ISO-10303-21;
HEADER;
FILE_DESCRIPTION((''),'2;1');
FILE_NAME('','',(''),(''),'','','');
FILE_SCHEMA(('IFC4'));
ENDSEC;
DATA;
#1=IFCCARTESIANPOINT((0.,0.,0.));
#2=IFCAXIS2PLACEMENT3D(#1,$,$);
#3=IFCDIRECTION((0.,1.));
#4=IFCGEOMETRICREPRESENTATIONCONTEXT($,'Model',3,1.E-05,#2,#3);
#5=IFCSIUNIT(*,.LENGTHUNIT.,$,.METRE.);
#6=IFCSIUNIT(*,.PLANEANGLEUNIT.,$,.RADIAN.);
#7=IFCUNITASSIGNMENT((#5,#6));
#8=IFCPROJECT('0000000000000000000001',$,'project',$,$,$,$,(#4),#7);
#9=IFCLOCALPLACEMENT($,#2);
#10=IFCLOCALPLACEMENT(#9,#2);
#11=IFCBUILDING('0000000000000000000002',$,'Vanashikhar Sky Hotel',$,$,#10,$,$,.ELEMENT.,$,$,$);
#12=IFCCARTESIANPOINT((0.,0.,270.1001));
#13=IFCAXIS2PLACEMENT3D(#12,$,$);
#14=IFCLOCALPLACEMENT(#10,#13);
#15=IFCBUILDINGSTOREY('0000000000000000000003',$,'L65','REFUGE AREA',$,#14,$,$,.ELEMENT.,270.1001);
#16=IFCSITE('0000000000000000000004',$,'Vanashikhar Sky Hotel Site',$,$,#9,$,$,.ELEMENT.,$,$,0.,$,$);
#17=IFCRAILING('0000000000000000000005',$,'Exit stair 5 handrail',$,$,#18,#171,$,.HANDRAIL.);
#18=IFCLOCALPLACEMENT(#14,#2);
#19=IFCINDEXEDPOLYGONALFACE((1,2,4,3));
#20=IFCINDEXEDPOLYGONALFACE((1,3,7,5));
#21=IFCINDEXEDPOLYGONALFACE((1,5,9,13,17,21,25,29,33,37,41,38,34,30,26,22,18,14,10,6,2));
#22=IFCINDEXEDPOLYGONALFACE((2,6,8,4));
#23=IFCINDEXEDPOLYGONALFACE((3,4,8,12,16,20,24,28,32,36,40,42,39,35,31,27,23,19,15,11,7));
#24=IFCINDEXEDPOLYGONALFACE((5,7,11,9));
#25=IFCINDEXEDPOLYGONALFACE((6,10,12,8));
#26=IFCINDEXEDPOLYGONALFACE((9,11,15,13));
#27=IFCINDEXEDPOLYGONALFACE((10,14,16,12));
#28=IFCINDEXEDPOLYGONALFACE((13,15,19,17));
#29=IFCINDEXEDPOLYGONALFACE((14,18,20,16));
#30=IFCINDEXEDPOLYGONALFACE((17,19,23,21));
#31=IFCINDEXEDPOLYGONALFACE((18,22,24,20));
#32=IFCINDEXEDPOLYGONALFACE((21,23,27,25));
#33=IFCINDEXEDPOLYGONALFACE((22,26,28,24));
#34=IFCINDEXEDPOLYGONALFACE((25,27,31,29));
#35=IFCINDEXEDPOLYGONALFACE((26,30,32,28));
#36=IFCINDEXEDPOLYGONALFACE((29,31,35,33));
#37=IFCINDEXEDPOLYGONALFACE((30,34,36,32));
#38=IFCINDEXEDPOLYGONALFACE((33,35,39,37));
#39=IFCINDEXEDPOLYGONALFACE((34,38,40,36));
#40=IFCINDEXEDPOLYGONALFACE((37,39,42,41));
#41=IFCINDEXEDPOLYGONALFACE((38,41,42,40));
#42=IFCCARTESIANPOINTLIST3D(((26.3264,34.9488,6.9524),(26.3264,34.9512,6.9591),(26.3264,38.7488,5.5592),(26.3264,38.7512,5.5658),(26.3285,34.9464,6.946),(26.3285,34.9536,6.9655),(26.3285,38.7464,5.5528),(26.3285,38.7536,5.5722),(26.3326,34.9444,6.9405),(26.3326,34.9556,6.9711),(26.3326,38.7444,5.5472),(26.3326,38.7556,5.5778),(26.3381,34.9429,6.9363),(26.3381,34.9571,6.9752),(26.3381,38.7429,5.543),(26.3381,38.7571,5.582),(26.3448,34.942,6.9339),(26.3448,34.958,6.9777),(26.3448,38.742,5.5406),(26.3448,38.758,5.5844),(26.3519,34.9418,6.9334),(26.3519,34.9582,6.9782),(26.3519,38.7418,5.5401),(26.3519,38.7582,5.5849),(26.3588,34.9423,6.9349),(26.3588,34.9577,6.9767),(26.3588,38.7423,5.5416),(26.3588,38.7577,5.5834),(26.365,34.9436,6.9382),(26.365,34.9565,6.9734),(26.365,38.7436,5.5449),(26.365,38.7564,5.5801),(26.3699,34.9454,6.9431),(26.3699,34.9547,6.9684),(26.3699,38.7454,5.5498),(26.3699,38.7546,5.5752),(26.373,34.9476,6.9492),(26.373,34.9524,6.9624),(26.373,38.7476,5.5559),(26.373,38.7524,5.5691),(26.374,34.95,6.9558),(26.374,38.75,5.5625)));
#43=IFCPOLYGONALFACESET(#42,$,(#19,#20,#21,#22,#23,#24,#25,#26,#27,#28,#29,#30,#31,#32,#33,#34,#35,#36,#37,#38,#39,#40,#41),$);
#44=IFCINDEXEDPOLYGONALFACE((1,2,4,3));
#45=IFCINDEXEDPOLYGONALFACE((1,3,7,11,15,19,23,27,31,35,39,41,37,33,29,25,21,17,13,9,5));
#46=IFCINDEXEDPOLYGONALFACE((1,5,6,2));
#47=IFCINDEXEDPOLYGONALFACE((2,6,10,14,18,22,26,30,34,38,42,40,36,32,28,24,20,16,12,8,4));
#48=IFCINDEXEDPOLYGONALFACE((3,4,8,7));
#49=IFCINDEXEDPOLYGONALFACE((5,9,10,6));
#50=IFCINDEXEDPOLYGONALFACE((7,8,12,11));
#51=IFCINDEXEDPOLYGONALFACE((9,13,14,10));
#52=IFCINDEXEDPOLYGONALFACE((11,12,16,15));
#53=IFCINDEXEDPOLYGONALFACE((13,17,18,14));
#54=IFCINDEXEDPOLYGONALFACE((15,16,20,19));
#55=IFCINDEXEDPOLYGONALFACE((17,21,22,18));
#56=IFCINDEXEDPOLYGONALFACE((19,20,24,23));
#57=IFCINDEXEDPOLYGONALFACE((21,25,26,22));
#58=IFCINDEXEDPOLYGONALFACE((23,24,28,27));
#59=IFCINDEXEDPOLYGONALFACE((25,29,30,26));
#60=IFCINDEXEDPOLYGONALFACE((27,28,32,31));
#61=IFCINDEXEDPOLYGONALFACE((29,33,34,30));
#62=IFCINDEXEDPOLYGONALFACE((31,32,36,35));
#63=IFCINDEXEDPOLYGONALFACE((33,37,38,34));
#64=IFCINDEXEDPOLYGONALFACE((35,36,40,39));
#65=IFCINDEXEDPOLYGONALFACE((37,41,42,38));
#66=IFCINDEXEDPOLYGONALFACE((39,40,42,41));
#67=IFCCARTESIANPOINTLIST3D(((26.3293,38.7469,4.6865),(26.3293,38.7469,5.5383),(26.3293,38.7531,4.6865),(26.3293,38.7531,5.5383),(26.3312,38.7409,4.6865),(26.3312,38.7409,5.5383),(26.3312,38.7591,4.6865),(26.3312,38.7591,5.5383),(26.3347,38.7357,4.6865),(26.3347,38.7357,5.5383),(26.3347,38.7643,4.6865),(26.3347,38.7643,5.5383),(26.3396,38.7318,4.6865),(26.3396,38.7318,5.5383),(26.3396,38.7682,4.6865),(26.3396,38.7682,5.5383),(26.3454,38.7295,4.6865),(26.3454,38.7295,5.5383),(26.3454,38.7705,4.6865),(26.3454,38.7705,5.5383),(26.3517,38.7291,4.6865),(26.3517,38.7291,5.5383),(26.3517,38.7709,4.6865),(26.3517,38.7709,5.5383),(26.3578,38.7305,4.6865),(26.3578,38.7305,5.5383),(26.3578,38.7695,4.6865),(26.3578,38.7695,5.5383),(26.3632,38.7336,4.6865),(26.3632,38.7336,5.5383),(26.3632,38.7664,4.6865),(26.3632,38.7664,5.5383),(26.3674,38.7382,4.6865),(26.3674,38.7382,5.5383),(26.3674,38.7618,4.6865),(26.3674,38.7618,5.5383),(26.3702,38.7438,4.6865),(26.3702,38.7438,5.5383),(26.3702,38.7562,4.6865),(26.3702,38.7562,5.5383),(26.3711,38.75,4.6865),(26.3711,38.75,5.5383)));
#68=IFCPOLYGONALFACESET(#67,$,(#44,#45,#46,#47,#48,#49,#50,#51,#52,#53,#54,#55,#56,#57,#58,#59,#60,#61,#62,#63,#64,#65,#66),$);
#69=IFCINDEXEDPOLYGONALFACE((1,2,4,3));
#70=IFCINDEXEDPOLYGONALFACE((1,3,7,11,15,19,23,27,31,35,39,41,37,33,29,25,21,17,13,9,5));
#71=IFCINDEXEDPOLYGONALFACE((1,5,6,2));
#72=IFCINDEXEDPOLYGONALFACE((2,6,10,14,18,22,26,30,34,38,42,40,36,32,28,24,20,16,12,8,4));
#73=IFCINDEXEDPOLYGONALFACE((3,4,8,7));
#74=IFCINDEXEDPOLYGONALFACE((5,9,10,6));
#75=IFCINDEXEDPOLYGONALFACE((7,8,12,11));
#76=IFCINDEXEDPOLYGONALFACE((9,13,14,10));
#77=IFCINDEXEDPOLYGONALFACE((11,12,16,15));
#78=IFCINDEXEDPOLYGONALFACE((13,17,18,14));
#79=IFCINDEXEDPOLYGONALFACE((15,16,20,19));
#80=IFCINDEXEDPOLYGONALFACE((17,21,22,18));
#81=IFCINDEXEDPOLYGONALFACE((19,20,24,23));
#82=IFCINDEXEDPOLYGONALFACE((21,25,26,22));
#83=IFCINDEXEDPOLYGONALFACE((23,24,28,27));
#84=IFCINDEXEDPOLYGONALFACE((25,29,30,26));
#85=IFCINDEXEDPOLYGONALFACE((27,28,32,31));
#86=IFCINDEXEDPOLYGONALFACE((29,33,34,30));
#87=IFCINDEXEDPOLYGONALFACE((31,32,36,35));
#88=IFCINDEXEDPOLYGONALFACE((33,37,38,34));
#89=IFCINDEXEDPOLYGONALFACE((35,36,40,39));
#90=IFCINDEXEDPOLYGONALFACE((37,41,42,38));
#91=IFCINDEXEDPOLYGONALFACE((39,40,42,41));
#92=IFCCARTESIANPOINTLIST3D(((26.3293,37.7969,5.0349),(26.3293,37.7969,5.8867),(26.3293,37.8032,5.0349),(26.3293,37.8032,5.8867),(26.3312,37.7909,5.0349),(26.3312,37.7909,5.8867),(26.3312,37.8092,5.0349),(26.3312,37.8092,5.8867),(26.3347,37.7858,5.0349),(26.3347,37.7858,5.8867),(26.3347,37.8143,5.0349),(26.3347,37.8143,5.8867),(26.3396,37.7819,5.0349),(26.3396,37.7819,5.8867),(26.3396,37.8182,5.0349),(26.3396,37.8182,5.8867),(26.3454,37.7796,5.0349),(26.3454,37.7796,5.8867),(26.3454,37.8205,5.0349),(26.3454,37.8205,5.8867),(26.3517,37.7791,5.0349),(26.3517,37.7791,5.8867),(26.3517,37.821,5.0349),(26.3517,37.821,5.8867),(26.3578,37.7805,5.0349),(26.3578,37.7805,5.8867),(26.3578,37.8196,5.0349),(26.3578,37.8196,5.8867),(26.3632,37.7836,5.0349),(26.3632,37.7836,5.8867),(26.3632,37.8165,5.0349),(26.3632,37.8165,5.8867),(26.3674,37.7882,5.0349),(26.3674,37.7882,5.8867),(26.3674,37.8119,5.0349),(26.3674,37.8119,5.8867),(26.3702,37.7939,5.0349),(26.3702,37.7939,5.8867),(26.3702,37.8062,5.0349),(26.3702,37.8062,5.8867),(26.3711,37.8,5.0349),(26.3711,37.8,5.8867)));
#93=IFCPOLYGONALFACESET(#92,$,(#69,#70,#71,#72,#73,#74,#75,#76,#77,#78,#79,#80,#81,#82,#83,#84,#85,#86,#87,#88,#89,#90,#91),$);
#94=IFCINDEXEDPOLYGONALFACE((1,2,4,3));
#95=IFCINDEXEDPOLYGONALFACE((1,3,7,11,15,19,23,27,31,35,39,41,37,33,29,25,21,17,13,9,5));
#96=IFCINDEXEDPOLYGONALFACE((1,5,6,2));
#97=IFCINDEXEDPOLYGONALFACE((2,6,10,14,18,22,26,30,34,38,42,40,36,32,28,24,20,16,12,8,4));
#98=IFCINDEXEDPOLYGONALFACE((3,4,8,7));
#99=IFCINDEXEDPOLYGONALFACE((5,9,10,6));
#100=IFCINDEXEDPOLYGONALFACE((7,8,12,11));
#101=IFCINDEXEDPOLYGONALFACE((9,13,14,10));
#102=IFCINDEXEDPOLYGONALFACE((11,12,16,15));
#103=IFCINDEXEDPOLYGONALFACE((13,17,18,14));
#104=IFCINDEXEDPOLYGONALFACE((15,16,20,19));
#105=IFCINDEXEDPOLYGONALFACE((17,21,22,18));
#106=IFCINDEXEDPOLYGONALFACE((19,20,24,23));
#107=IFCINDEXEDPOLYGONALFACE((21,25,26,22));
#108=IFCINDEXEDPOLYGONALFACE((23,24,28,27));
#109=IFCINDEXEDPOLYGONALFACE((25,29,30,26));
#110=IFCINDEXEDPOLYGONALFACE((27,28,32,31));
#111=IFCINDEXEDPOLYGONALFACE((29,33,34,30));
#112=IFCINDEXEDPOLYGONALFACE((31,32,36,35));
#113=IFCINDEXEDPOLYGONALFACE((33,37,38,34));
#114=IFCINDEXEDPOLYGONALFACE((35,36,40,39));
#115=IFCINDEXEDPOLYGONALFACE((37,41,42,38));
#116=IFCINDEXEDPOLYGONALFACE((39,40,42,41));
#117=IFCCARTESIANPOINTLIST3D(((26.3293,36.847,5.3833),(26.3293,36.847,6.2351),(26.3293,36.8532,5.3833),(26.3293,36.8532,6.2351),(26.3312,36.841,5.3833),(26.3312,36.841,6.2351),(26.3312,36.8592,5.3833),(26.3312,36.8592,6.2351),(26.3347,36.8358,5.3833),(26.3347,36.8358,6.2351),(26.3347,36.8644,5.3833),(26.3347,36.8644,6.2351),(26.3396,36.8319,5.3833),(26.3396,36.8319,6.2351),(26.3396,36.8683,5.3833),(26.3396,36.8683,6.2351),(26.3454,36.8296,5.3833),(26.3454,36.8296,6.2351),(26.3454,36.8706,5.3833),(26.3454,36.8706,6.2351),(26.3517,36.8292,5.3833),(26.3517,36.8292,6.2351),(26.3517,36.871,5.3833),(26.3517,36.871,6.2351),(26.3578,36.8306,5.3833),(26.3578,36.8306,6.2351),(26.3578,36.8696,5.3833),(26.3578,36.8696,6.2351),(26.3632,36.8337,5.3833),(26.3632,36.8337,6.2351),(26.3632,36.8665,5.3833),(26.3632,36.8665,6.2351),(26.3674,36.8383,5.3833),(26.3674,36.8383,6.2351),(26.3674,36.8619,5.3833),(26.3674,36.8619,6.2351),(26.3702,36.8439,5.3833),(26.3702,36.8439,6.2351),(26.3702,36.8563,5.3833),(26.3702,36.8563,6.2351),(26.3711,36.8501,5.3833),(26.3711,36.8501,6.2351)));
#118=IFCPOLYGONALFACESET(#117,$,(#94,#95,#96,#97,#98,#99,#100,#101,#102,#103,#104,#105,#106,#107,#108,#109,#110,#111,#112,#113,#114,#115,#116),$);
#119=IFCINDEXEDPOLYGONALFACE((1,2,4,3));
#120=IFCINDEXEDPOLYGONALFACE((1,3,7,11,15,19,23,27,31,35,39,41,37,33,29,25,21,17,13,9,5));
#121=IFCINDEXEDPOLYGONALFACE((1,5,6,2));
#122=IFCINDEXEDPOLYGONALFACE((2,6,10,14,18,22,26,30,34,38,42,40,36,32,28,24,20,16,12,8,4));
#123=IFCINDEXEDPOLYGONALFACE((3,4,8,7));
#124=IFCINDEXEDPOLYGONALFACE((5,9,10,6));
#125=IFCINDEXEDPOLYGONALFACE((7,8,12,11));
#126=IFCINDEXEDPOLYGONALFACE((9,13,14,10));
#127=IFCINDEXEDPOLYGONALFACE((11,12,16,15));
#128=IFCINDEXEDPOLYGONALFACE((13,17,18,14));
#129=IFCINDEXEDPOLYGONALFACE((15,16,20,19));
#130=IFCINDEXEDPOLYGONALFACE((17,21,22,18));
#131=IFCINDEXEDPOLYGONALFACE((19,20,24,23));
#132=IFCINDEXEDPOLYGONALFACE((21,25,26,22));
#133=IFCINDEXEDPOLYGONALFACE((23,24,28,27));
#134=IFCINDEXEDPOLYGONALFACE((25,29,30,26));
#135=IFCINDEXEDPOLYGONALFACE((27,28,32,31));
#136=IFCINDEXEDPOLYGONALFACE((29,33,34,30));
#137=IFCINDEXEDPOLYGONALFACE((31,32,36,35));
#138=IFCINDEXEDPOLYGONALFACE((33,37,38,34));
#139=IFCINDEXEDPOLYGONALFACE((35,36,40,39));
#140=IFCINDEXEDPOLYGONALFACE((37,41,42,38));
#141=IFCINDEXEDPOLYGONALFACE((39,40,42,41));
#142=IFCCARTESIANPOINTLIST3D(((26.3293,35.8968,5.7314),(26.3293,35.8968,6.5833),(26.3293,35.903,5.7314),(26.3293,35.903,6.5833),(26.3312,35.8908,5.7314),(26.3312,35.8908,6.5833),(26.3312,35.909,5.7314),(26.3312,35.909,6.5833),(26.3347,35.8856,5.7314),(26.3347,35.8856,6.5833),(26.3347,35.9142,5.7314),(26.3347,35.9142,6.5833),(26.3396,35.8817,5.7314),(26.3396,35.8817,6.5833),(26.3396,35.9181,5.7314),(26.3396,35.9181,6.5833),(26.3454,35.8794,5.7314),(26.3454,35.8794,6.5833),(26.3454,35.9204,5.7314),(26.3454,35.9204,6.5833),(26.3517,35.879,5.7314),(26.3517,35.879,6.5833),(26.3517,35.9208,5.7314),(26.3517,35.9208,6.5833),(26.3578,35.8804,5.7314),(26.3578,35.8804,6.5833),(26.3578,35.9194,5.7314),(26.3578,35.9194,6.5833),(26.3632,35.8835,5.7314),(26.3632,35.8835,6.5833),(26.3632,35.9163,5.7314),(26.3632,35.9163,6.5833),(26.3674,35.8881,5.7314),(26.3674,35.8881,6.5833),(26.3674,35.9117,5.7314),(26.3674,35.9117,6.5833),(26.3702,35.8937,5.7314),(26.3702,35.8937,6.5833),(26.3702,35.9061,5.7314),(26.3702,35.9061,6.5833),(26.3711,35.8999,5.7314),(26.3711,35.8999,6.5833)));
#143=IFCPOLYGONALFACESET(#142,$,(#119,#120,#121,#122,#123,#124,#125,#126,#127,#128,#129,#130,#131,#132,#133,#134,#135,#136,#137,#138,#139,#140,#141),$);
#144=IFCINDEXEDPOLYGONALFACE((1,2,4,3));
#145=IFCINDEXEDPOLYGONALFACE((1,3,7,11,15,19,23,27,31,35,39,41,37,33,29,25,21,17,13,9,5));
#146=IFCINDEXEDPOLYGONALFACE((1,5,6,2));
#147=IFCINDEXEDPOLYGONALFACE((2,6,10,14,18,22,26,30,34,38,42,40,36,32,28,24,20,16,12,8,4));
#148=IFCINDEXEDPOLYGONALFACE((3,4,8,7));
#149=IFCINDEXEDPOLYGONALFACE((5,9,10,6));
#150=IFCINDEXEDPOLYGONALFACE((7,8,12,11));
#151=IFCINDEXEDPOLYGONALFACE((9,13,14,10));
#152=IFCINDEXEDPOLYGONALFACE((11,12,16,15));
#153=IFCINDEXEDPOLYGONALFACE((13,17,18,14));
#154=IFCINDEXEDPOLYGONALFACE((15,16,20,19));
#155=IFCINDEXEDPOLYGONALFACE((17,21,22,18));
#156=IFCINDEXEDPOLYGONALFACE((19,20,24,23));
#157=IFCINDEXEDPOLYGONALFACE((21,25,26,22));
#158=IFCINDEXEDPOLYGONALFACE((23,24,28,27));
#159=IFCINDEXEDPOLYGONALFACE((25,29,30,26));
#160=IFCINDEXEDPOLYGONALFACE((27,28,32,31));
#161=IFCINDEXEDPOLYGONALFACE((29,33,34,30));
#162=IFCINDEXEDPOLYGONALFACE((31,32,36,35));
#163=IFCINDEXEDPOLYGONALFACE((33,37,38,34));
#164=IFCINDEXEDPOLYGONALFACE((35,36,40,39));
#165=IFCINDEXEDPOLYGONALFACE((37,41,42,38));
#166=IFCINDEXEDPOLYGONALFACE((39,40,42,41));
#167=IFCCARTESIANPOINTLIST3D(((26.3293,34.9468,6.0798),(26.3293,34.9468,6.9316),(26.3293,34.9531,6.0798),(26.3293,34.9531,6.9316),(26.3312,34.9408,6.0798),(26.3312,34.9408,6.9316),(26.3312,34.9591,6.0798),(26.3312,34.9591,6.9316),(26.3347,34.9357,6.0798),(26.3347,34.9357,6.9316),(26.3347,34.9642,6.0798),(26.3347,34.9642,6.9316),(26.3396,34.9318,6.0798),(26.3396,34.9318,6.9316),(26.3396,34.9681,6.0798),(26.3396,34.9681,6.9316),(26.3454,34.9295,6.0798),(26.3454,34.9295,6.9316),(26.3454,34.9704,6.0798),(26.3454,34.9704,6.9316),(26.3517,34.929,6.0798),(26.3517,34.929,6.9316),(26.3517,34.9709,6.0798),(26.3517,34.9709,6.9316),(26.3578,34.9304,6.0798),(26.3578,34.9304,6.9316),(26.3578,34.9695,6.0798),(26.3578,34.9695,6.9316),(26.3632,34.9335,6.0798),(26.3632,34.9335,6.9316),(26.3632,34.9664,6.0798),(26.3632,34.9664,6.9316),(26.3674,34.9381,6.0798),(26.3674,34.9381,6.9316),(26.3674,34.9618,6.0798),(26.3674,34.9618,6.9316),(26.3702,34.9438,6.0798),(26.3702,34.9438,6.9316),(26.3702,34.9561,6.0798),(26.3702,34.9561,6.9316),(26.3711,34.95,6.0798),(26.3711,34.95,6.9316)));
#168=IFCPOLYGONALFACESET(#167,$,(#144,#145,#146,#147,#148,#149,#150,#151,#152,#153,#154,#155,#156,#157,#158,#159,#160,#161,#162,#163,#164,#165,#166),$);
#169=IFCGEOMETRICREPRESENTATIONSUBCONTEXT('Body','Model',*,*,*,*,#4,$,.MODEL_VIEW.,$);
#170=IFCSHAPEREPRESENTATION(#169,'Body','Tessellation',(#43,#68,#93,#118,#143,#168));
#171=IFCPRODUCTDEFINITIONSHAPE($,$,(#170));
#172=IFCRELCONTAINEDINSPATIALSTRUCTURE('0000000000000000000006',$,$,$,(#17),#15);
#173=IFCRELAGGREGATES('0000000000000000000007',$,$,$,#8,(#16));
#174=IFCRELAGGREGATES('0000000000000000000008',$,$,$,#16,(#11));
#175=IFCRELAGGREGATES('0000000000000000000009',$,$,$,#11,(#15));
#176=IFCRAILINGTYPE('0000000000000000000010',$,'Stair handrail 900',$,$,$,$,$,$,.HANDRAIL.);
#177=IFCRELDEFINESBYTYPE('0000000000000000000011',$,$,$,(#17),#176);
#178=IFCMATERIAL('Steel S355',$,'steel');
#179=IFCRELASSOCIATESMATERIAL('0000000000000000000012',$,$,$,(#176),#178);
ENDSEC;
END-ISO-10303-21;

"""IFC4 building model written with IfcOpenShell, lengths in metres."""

from ifc_helpers import new_model, si_unit, direction, frame, origin, origin_2d, place, context, subcontext, project, spatial, circle, extrude, source, transform, mapped, material, type_object, element, save


model = new_model("IFC4")

# Units and contexts
model_context = context("Model", 3, precision=1e-05, world=origin(), true_north=direction((0.0, 1.0)))
body_context = subcontext(model_context, "Body", "Model", "MODEL_VIEW")
ifc_project = project(units=[si_unit("LENGTHUNIT", "METRE"), si_unit("PLANEANGLEUNIT", "RADIAN")], contexts=[model_context])

# Site, building, storey
site_placement = place(None, origin())
site = spatial("IfcSite", under=ifc_project, at=site_placement, Name="Vanashikhar Sky Hotel Site", CompositionType="ELEMENT", RefElevation=0.0)
building_placement = place(site_placement, origin())
building = spatial("IfcBuilding", under=site, at=building_placement, Name="Vanashikhar Sky Hotel", CompositionType="ELEMENT")
storey_placement = place(building_placement, frame((0.0, 0.0, 270.1001)))
storey = spatial("IfcBuildingStorey", under=building, at=storey_placement, Name="L65", Description="REFUGE AREA", CompositionType="ELEMENT", Elevation=270.1001)

# Railing
ifc_material_1 = material(Name="Steel S355", Category="steel")
railing_type_1 = type_object("IfcRailingType", Name="Stair handrail 900", PredefinedType="HANDRAIL", material=ifc_material_1)
shared_shape_1 = source(origin(), body_context, "Body", "SweptSolid", [
    extrude(circle(Radius=0.0239, at=origin_2d()), frame((0.0, 0.0, 0.876), z_axis=(0.0, -0.93888, 0.344246), x_axis=(1.0, 0.0, 0.0)), (0.0, 0.0, 1.0), 4.0474),
    extrude(circle(Radius=0.021, at=origin_2d()), origin(), (0.0, 0.0, 1.0), 0.8518),
    extrude(circle(Radius=0.021, at=origin_2d()), frame((0.0, -0.95, 0.3484)), (0.0, 0.0, 1.0), 0.8518),
    extrude(circle(Radius=0.021, at=origin_2d()), frame((0.0, -1.8999, 0.6968)), (0.0, 0.0, 1.0), 0.8518),
    extrude(circle(Radius=0.021, at=origin_2d()), frame((0.0, -2.8501, 1.0449)), (0.0, 0.0, 1.0), 0.8518),
    extrude(circle(Radius=0.021, at=origin_2d()), frame((0.0, -3.8, 1.3933)), (0.0, 0.0, 1.0), 0.8518),
])
for number, where, name in (
    (1, (26.3501, 38.75, 4.6865), "Exit stair 5 handrail"),
):
    element("IfcRailing", number, at=place(storey_placement, frame(where)), inside=storey, type_object=railing_type_1, Name=name, PredefinedType="HANDRAIL", context=body_context, shape_type="MappedRepresentation", body=[
        mapped(shared_shape_1, transform((0.0, 0.0, 0.0), scale=1.0)),
    ])

save(model, "model.ifc")
